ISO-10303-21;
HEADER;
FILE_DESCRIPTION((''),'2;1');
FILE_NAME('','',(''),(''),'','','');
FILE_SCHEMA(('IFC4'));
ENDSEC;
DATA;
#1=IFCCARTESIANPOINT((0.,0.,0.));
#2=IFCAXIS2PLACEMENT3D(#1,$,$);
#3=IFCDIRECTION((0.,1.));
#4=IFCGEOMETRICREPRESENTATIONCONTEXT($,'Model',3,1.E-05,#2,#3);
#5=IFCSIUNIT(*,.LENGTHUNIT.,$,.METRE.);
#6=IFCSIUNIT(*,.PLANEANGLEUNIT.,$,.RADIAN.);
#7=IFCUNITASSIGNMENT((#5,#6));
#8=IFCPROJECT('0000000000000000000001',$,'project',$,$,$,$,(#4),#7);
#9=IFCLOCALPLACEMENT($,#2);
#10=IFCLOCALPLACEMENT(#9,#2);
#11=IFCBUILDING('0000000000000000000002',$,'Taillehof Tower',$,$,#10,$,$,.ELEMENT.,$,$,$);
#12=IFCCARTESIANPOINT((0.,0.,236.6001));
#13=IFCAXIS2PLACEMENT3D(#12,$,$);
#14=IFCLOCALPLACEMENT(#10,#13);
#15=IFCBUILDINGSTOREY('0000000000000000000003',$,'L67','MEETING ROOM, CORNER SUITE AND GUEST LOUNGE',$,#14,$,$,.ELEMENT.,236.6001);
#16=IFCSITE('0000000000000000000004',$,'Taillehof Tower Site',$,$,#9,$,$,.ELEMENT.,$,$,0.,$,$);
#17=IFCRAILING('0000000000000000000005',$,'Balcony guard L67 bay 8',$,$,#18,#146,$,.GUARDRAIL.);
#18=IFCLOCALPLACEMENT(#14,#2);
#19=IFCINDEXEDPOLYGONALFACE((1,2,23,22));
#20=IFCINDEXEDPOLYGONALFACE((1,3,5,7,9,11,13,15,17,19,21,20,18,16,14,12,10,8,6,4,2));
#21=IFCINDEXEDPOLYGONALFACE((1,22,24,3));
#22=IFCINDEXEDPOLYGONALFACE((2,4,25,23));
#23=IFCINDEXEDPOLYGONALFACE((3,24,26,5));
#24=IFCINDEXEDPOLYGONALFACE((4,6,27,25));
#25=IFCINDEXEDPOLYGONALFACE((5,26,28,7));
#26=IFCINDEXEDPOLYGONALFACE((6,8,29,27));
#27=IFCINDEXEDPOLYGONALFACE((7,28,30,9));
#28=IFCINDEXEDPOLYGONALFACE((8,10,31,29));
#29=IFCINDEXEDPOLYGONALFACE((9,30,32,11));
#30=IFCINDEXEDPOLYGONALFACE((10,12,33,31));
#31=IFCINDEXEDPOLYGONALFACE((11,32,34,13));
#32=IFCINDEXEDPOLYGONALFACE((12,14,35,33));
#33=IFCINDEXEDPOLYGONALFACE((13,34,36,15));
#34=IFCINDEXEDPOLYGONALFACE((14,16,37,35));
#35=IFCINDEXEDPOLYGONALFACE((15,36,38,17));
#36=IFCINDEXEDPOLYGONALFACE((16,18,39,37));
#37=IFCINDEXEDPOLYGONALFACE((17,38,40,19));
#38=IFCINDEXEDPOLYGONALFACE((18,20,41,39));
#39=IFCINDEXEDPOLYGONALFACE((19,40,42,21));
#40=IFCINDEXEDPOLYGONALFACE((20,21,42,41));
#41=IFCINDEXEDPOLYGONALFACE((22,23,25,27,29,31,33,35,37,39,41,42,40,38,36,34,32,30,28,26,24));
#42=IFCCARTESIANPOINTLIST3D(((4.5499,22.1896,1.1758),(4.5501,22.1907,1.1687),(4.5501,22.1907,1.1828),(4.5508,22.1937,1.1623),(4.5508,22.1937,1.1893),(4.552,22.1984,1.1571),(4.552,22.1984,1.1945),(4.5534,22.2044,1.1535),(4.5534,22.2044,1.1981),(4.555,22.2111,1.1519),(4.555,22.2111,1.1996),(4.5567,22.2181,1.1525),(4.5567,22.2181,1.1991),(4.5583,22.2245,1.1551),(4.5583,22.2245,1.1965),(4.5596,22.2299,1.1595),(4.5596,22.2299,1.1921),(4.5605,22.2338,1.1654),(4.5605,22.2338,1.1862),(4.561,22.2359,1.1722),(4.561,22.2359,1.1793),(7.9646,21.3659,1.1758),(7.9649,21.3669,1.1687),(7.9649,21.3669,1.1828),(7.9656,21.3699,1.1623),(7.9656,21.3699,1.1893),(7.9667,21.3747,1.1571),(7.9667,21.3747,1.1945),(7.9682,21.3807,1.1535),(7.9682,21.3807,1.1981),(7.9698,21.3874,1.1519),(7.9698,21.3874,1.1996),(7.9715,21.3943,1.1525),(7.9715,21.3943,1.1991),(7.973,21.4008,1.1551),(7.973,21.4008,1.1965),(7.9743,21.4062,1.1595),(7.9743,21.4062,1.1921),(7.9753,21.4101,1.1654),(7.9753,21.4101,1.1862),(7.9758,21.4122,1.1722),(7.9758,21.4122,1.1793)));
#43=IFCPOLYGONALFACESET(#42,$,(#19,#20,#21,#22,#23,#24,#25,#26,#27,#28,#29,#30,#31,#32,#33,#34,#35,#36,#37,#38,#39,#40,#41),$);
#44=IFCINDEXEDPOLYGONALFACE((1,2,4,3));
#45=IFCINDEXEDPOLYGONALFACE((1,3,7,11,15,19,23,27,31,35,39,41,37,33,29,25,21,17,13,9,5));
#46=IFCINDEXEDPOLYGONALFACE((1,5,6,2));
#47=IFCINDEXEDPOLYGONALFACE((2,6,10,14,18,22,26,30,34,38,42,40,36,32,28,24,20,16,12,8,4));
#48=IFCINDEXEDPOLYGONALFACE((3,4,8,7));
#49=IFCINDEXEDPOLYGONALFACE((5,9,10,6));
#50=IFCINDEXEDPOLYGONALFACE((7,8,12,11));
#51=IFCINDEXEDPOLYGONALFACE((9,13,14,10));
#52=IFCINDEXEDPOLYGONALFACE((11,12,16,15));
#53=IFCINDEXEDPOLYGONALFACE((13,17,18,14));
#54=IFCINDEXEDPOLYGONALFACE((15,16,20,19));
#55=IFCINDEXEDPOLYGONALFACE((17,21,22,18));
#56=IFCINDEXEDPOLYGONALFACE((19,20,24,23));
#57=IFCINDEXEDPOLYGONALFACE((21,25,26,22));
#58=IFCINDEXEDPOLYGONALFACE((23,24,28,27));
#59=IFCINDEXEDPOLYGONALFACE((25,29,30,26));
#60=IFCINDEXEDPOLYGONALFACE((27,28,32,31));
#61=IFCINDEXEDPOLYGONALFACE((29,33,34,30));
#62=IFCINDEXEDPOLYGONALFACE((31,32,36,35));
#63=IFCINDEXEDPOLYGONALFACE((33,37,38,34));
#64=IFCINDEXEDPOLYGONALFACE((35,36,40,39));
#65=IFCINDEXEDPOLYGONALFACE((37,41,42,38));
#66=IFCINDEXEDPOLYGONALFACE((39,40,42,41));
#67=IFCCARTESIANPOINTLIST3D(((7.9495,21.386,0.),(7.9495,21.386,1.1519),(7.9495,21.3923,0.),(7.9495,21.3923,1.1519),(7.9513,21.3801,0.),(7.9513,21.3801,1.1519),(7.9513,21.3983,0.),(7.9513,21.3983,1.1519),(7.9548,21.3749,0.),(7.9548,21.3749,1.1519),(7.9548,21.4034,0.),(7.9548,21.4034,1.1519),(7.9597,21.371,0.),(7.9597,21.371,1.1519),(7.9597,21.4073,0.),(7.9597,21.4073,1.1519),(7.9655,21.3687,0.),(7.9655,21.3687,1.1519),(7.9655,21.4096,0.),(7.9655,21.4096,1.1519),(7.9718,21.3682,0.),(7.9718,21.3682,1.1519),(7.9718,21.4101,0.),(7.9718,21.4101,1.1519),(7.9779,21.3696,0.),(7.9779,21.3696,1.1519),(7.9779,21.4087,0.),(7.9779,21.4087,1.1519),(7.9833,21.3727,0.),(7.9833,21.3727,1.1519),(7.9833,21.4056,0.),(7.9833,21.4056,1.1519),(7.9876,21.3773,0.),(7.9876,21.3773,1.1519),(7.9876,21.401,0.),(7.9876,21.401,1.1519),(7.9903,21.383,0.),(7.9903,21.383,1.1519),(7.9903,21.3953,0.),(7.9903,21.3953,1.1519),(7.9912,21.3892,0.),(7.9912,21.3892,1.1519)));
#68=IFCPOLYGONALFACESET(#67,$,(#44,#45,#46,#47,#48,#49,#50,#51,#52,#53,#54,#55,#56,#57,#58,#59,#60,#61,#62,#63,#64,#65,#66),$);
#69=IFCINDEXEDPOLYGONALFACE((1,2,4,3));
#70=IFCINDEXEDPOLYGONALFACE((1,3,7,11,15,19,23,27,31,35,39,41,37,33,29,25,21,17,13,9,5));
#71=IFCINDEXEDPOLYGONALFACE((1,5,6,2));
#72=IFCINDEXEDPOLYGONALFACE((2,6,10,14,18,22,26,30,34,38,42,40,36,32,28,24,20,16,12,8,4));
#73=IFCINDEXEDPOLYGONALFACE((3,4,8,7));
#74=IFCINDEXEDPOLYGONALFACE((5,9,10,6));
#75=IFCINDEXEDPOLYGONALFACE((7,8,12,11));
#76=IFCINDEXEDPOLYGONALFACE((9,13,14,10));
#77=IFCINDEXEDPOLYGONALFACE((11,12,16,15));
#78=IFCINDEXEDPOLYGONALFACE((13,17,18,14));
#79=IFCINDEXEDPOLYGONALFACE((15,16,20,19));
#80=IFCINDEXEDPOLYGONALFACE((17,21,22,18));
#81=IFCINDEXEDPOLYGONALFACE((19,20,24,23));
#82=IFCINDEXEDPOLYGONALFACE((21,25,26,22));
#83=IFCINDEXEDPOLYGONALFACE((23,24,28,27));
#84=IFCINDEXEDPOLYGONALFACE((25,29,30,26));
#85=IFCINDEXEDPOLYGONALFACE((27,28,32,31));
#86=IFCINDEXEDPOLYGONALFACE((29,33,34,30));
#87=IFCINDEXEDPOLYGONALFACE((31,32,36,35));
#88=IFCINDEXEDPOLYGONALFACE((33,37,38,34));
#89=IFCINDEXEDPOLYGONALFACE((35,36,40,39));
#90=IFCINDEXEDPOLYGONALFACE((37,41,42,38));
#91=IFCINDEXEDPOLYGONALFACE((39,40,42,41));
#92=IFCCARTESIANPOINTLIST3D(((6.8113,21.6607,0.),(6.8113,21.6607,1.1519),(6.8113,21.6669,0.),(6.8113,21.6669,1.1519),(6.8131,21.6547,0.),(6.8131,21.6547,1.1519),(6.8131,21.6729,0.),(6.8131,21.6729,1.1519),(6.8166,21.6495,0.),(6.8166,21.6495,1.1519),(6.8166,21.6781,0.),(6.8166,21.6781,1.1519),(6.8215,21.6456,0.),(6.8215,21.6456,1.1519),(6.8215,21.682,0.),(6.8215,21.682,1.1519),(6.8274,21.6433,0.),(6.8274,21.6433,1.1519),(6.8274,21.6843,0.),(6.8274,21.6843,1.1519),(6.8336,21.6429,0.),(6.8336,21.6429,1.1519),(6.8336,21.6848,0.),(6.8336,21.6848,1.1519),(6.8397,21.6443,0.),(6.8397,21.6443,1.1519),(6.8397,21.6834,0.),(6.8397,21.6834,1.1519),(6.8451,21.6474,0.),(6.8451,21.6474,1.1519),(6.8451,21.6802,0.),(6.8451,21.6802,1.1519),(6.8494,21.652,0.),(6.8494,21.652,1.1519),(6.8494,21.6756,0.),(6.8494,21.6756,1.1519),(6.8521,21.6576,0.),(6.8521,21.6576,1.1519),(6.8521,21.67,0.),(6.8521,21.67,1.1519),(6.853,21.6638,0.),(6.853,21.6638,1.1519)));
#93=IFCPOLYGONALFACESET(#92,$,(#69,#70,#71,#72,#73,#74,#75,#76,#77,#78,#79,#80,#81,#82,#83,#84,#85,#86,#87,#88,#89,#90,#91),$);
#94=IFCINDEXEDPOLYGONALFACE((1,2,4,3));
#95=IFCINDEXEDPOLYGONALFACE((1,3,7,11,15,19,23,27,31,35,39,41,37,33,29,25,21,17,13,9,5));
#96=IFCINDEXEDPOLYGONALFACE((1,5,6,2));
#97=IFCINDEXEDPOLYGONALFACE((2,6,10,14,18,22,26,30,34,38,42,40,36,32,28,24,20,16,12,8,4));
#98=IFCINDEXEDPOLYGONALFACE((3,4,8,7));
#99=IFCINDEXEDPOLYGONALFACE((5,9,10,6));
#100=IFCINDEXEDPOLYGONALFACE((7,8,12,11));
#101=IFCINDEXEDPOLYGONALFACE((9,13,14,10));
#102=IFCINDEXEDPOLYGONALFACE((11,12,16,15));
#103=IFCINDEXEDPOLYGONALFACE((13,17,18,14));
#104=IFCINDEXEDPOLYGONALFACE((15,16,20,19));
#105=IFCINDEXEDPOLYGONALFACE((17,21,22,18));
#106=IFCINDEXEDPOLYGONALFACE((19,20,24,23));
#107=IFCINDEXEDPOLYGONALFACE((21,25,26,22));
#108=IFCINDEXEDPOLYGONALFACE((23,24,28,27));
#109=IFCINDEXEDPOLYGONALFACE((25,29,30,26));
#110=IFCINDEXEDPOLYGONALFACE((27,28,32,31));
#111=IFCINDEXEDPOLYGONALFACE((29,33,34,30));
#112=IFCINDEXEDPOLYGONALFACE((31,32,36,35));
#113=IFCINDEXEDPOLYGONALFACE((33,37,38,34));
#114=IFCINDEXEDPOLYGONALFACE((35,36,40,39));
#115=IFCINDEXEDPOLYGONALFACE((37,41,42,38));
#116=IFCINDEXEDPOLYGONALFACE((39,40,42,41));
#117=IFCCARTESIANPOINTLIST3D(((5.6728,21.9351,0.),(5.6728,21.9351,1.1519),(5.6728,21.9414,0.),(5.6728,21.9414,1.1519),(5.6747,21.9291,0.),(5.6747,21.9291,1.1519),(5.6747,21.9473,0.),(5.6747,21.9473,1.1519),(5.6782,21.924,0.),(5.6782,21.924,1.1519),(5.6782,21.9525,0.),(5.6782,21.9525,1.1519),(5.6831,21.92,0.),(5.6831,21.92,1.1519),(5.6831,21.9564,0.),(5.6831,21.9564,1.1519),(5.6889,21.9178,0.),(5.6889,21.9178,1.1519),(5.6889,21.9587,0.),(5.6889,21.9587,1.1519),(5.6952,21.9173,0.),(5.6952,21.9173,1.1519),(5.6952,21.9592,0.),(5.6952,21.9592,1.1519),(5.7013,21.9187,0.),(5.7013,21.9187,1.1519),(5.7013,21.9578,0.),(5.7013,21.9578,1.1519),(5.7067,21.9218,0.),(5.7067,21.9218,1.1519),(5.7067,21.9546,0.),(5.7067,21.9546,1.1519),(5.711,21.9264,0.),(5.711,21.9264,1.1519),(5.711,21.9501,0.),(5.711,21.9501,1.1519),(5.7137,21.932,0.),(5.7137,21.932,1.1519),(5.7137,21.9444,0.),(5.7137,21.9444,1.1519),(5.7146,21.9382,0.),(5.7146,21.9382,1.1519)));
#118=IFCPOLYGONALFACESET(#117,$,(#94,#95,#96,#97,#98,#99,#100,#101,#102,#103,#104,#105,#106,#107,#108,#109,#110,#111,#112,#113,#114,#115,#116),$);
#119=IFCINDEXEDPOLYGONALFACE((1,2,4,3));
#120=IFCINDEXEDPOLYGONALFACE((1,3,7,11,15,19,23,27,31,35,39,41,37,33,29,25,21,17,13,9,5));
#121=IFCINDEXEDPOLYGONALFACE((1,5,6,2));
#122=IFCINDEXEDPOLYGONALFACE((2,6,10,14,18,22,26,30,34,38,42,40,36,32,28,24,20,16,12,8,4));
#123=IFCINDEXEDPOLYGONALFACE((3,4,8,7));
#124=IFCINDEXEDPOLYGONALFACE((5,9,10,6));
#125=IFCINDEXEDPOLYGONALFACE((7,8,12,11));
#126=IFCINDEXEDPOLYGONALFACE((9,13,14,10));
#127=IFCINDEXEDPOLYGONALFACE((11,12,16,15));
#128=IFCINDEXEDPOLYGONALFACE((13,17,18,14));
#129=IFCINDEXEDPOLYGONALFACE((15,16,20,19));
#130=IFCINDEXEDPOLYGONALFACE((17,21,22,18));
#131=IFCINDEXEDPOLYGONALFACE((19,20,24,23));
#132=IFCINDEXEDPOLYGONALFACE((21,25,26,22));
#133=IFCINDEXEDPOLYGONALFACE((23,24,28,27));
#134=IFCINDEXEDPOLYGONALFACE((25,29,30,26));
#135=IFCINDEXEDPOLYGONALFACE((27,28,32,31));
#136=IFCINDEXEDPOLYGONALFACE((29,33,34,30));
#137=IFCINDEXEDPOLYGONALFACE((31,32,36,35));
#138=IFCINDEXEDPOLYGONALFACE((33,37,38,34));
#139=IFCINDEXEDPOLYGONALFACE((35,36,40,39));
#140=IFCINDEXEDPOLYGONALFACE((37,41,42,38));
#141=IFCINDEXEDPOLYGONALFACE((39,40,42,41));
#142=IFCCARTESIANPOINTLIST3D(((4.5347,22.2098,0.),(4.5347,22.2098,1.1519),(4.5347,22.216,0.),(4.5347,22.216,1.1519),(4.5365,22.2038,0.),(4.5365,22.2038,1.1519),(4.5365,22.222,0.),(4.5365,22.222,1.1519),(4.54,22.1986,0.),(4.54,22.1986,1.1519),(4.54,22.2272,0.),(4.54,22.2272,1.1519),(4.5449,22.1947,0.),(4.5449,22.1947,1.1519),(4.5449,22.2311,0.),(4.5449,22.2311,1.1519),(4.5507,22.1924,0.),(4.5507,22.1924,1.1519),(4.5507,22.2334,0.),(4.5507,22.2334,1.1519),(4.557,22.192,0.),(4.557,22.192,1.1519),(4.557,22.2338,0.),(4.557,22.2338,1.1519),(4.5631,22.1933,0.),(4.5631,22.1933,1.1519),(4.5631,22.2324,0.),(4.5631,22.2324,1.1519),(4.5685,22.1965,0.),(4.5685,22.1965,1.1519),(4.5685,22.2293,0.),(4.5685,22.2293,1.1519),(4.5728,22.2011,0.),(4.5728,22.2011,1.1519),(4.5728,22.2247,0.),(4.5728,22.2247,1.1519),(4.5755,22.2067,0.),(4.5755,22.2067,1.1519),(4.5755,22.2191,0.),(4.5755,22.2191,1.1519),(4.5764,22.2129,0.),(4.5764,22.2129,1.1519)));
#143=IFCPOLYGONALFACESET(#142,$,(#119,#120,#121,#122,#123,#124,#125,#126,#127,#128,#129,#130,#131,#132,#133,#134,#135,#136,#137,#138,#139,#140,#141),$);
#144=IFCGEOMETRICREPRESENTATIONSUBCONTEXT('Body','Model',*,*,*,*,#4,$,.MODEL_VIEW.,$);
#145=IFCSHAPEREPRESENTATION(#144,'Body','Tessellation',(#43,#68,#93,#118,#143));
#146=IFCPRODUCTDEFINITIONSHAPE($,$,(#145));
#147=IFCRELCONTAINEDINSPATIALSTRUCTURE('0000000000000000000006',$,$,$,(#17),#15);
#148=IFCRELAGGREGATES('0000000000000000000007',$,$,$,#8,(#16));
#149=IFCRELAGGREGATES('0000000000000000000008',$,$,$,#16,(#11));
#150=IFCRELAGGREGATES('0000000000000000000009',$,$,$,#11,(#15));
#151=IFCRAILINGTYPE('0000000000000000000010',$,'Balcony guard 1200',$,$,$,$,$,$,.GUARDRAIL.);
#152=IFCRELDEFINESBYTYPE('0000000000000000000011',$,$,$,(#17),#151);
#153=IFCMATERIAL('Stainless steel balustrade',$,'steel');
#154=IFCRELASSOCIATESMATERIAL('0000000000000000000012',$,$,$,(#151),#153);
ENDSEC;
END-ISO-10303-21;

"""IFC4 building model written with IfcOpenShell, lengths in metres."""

from ifc_helpers import new_model, si_unit, direction, frame, origin, origin_2d, place, context, subcontext, project, spatial, circle, extrude, material, type_object, element, save


model = new_model("IFC4")

# Units and contexts
model_context = context("Model", 3, precision=1e-05, world=origin(), true_north=direction((0.0, 1.0)))
body_context = subcontext(model_context, "Body", "Model", "MODEL_VIEW")
ifc_project = project(units=[si_unit("LENGTHUNIT", "METRE"), si_unit("PLANEANGLEUNIT", "RADIAN")], contexts=[model_context])

# Site, building, storey
site_placement = place(None, origin())
site = spatial("IfcSite", under=ifc_project, at=site_placement, Name="Taillehof Tower Site", CompositionType="ELEMENT", RefElevation=0.0)
building_placement = place(site_placement, origin())
building = spatial("IfcBuilding", under=site, at=building_placement, Name="Taillehof Tower", CompositionType="ELEMENT")
storey_placement = place(building_placement, frame((0.0, 0.0, 236.6001)))
storey = spatial("IfcBuildingStorey", under=building, at=storey_placement, Name="L67", Description="MEETING ROOM, CORNER SUITE AND GUEST LOUNGE", CompositionType="ELEMENT", Elevation=236.6001)

# Railing
ifc_material_1 = material(Name="Stainless steel balustrade", Category="steel")
railing_type = type_object("IfcRailingType", Name="Balcony guard 1200", PredefinedType="GUARDRAIL", material=ifc_material_1)
railing_placement = place(storey_placement, frame((7.9702, 21.3892, 0.0)))
element("IfcRailing", 1, at=railing_placement, inside=storey, type_object=railing_type, Name="Balcony guard L67 bay 8", PredefinedType="GUARDRAIL", context=body_context, shape_type="SweptSolid", body=[
    extrude(circle(Radius=0.0239, at=origin_2d()), frame((0.0, 0.0, 1.1758), z_axis=(-0.972117, 0.234498, 0.0), x_axis=(-0.234498, -0.972117, 0.0)), (0.0, 0.0, 1.0), 3.5127),
    extrude(circle(Radius=0.021, at=origin_2d()), origin(), (0.0, 0.0, 1.0), 1.1519),
    extrude(circle(Radius=0.021, at=origin_2d()), frame((-1.1382, 0.2747, 0.0)), (0.0, 0.0, 1.0), 1.1519),
    extrude(circle(Radius=0.021, at=origin_2d()), frame((-2.2766, 0.5491, 0.0)), (0.0, 0.0, 1.0), 1.1519),
    extrude(circle(Radius=0.021, at=origin_2d()), frame((-3.4148, 0.8237, 0.0)), (0.0, 0.0, 1.0), 1.1519),
])

save(model, "model.ifc")
